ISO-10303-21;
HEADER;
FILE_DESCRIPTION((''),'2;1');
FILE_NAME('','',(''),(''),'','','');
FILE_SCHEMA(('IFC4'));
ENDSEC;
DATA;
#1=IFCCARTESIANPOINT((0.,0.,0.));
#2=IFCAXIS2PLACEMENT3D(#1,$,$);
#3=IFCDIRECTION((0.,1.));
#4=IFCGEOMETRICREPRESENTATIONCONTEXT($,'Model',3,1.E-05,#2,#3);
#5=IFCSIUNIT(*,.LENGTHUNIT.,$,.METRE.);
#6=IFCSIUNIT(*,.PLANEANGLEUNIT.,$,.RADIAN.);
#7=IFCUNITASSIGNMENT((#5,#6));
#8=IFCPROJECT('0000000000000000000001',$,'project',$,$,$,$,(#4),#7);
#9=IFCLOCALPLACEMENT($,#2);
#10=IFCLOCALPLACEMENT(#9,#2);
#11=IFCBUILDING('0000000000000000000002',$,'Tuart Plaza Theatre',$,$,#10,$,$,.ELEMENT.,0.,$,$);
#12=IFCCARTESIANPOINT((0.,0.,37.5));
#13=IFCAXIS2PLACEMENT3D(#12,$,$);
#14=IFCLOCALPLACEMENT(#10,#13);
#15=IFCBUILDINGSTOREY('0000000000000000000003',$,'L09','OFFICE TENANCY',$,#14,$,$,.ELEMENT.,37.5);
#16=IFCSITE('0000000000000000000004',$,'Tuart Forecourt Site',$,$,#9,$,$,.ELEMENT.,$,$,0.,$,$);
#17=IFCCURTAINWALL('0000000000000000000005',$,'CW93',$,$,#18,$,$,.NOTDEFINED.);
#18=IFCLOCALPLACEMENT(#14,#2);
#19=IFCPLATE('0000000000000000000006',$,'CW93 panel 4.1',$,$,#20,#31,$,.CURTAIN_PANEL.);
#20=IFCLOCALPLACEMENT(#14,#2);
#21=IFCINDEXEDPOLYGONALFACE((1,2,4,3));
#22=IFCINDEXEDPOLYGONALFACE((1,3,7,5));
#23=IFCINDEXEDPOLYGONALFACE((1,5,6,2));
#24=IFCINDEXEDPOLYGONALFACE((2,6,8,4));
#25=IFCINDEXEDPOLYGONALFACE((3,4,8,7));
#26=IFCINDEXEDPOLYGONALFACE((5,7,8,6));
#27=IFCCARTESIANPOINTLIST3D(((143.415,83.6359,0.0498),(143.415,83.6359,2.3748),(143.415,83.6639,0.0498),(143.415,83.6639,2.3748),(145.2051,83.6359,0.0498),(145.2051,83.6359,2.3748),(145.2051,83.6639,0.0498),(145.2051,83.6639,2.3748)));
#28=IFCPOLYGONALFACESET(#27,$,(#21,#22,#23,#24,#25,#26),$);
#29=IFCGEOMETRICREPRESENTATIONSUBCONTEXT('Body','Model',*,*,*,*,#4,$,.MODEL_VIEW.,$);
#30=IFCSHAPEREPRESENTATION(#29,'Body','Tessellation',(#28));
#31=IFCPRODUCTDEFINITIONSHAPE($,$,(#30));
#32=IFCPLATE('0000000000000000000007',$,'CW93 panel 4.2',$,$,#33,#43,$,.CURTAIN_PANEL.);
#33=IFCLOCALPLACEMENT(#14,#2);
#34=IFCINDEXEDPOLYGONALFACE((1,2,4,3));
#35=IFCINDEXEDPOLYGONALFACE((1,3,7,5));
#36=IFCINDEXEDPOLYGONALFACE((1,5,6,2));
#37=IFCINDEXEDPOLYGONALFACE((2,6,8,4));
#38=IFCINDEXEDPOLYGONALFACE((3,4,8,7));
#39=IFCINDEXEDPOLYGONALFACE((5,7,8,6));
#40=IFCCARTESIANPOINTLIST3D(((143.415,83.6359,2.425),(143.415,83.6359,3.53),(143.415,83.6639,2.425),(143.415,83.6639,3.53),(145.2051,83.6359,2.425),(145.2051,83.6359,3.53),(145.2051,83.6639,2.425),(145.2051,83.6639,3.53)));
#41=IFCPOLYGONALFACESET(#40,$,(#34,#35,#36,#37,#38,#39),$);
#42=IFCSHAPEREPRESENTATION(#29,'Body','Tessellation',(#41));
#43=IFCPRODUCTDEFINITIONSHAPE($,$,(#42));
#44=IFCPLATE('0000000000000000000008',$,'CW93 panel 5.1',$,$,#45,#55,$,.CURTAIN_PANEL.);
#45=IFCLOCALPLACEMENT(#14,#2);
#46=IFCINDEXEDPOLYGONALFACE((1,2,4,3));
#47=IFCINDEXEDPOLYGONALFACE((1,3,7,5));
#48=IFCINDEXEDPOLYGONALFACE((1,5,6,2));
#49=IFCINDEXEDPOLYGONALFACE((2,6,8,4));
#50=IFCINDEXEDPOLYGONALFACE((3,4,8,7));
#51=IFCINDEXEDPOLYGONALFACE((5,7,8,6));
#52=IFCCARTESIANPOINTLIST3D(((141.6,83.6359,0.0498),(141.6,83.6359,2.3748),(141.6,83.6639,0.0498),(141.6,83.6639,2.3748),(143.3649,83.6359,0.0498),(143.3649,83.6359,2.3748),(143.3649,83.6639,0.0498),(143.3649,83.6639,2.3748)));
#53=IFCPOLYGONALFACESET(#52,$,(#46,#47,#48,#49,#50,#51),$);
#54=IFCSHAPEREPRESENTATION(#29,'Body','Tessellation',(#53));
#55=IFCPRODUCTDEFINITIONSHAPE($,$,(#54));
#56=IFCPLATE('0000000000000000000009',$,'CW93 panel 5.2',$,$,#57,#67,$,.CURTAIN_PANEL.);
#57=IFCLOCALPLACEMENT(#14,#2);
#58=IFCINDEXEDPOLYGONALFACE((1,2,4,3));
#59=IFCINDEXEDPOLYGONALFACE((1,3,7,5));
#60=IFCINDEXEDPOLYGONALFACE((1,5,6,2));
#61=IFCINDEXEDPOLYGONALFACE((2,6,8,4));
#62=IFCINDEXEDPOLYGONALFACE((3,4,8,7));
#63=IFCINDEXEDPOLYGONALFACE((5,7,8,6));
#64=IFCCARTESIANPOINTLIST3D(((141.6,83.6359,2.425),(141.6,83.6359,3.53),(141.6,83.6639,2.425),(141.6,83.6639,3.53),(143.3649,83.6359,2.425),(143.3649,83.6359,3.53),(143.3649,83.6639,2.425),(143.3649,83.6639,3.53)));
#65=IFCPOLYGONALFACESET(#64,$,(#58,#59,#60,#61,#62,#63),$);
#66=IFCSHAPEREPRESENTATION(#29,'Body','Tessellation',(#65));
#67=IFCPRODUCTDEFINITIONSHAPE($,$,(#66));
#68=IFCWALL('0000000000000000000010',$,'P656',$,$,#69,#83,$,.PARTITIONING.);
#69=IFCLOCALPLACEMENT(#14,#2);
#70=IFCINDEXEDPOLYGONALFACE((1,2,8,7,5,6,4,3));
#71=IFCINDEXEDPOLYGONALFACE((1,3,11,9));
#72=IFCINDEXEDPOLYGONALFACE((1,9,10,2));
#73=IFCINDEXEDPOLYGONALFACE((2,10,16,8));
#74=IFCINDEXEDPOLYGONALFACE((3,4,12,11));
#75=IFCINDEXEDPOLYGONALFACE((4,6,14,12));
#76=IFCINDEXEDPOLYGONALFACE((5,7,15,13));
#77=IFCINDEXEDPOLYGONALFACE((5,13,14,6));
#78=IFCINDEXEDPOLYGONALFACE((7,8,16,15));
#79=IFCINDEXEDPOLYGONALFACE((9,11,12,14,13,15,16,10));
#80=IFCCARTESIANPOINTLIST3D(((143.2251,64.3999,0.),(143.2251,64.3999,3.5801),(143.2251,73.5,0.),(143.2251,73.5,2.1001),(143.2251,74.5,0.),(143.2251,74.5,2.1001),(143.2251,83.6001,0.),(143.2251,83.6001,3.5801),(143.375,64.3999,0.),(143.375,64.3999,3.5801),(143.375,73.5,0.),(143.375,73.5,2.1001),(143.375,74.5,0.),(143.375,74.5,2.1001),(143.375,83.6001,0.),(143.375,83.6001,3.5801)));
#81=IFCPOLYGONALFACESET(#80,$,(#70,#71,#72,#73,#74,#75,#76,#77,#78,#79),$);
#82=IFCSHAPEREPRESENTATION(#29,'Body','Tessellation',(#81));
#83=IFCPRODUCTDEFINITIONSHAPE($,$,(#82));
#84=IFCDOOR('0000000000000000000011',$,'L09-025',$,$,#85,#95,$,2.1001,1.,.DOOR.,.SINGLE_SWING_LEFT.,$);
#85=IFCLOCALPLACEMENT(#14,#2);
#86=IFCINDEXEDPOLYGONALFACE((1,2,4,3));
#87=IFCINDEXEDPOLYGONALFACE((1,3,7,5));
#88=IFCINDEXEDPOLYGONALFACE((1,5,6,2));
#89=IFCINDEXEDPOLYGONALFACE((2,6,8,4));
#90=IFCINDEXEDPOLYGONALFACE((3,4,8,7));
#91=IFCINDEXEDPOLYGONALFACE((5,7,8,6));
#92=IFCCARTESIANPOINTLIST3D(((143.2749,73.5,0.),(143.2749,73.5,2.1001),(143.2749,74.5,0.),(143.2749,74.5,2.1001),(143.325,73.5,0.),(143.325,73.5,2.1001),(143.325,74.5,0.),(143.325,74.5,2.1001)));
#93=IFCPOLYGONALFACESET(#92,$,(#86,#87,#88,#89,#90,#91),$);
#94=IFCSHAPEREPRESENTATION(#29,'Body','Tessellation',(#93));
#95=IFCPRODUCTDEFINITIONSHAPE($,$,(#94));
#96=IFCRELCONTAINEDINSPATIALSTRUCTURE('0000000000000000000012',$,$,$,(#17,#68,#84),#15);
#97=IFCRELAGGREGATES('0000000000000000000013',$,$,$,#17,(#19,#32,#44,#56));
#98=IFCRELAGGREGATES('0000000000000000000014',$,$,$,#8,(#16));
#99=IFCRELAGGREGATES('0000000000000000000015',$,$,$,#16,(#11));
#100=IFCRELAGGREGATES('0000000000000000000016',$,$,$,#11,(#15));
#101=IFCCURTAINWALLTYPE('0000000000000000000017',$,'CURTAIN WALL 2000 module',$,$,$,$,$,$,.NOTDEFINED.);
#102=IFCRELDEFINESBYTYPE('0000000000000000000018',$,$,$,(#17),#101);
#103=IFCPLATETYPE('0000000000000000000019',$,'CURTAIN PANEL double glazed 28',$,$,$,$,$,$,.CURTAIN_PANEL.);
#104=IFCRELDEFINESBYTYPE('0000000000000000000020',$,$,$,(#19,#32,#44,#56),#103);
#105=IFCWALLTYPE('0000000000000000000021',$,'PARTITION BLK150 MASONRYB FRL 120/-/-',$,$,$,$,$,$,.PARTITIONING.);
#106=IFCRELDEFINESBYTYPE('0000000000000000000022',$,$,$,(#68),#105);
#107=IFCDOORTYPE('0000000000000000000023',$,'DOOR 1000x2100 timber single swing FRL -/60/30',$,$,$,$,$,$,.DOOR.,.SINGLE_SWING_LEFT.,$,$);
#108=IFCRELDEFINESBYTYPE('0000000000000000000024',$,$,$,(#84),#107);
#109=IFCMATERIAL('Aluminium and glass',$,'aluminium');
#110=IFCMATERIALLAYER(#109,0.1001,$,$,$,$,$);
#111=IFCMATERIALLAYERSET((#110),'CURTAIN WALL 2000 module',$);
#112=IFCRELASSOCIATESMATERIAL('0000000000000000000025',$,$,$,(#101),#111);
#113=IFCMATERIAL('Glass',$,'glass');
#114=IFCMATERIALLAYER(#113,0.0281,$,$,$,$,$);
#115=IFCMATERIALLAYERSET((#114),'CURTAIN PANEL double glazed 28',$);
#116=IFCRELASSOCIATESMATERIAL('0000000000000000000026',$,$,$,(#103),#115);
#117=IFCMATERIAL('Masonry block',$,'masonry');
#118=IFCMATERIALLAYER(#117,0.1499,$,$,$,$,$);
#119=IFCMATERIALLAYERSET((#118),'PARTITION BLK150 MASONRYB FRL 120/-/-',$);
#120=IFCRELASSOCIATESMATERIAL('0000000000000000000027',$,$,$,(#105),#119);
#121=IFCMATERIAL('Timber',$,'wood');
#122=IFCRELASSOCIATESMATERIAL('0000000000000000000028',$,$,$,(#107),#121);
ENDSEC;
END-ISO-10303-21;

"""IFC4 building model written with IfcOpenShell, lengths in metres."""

from ifc_helpers import new_model, si_unit, direction, frame, frame_2d, origin, origin_2d, place, context, subcontext, project, spatial, rectangle, extrude, material, layer, layer_set, type_object, element, fill, aggregate, save


model = new_model("IFC4")

# Units and contexts
model_context = context("Model", 3, precision=1e-05, world=origin(), true_north=direction((0.0, 1.0)))
body_context = subcontext(model_context, "Body", "Model", "MODEL_VIEW")
ifc_project = project(units=[si_unit("LENGTHUNIT", "METRE"), si_unit("PLANEANGLEUNIT", "RADIAN")], contexts=[model_context])

# Site, building, storey
site_placement = place(None, origin())
site = spatial("IfcSite", under=ifc_project, at=site_placement, Name="Tuart Forecourt Site", CompositionType="ELEMENT", RefElevation=0.0)
building_placement = place(site_placement, origin())
building = spatial("IfcBuilding", under=site, at=building_placement, Name="Tuart Plaza Theatre", CompositionType="ELEMENT", ElevationOfRefHeight=0.0)
storey_placement = place(building_placement, frame((0.0, 0.0, 37.5)))
storey = spatial("IfcBuildingStorey", under=building, at=storey_placement, Name="L09", Description="OFFICE TENANCY", CompositionType="ELEMENT", Elevation=37.5)

# Shared definitions
ifc_material_1 = material(Name="Aluminium and glass", Category="aluminium")
ifc_layer_1 = layer(ifc_material_1, 0.1001)
ifc_layer_set_1 = layer_set([ifc_layer_1], Name="CURTAIN WALL 2000 module")
curtain_wall_type = type_object("IfcCurtainWallType", Name="CURTAIN WALL 2000 module", PredefinedType="NOTDEFINED", material=ifc_layer_set_1)

# Curtain wall
curtain_wall_1_placement = place(storey_placement, origin())
curtain_wall_1 = element("IfcCurtainWall", 1, at=curtain_wall_1_placement, inside=storey, type_object=curtain_wall_type, Name="CW93", PredefinedType="NOTDEFINED")

# Plates
ifc_material_2 = material(Name="Glass", Category="glass")
ifc_layer_2 = layer(ifc_material_2, 0.0281)
ifc_layer_set_2 = layer_set([ifc_layer_2], Name="CURTAIN PANEL double glazed 28")
plate_type = type_object("IfcPlateType", Name="CURTAIN PANEL double glazed 28", PredefinedType="CURTAIN_PANEL", material=ifc_layer_set_2)
plate_1_placement = place(storey_placement, frame((144.3101, 83.6499, 0.0498), z_axis=(0.0, 0.0, 1.0), x_axis=(-1.0, 0.0, 0.0)))
plate_1 = element("IfcPlate", 2, at=plate_1_placement, type_object=plate_type, Name="CW93 panel 4.1", PredefinedType="CURTAIN_PANEL", context=body_context, shape_type="SweptSolid", body=[
    extrude(rectangle(XDim=1.79, YDim=0.0281, at=origin_2d()), origin(), (0.0, 0.0, 1.0), 2.325),
])
plate_2_placement = place(storey_placement, frame((144.3101, 83.6499, 2.425), z_axis=(0.0, 0.0, 1.0), x_axis=(-1.0, 0.0, 0.0)))
plate_2 = element("IfcPlate", 3, at=plate_2_placement, type_object=plate_type, Name="CW93 panel 4.2", PredefinedType="CURTAIN_PANEL", context=body_context, shape_type="SweptSolid", body=[
    extrude(rectangle(XDim=1.79, YDim=0.0281, at=origin_2d()), origin(), (0.0, 0.0, 1.0), 1.105),
])
plate_3_placement = place(storey_placement, frame((142.4824, 83.6499, 0.0498), z_axis=(0.0, 0.0, 1.0), x_axis=(-1.0, 0.0, 0.0)))
plate_3 = element("IfcPlate", 4, at=plate_3_placement, type_object=plate_type, Name="CW93 panel 5.1", PredefinedType="CURTAIN_PANEL", context=body_context, shape_type="SweptSolid", body=[
    extrude(rectangle(XDim=1.7649, YDim=0.0281, at=origin_2d()), origin(), (0.0, 0.0, 1.0), 2.325),
])
plate_4_placement = place(storey_placement, frame((142.4824, 83.6499, 2.425), z_axis=(0.0, 0.0, 1.0), x_axis=(-1.0, 0.0, 0.0)))
plate_4 = element("IfcPlate", 5, at=plate_4_placement, type_object=plate_type, Name="CW93 panel 5.2", PredefinedType="CURTAIN_PANEL", context=body_context, shape_type="SweptSolid", body=[
    extrude(rectangle(XDim=1.7649, YDim=0.0281, at=origin_2d()), origin(), (0.0, 0.0, 1.0), 1.105),
])
aggregate(curtain_wall_1, [plate_1, plate_2, plate_3, plate_4])

# Wall, opening, door
ifc_material_3 = material(Name="Masonry block", Category="masonry")
ifc_layer_3 = layer(ifc_material_3, 0.1499)
ifc_layer_set_3 = layer_set([ifc_layer_3], Name="PARTITION BLK150 MASONRYB FRL 120/-/-")
wall_type = type_object("IfcWallType", Name="PARTITION BLK150 MASONRYB FRL 120/-/-", PredefinedType="PARTITIONING", material=ifc_layer_set_3)
wall_placement = place(storey_placement, frame((143.3, 83.6001, 0.0), z_axis=(0.0, 0.0, 1.0), x_axis=(0.0, -1.0, 0.0)))
wall = element("IfcWall", 6, at=wall_placement, inside=storey, type_object=wall_type, Name="P656", PredefinedType="PARTITIONING", context=body_context, shape_type="SweptSolid", body=[
    extrude(rectangle(XDim=19.2002, YDim=0.1499, at=frame_2d((9.6001, 0.0))), origin(), (0.0, 0.0, 1.0), 3.5801),
])
opening_placement = place(wall_placement, frame((9.1001, 0.0, 0.0)))
opening = element("IfcOpeningElement", 7, at=opening_placement, cuts=wall, PredefinedType="OPENING", context=body_context, shape_type="SweptSolid", body=[
    extrude(rectangle(XDim=1.0, YDim=2.1001, at=frame_2d((0.5, 1.05))), frame((0.0, 0.085, 0.0), z_axis=(0.0, -1.0, 0.0), x_axis=(1.0, 0.0, 0.0)), (0.0, 0.0, 1.0), 0.1699),
])
ifc_material_4 = material(Name="Timber", Category="wood")
door_type = type_object("IfcDoorType", Name="DOOR 1000x2100 timber single swing FRL -/60/30", OperationType="SINGLE_SWING_LEFT", PredefinedType="DOOR", material=ifc_material_4)
door_placement = place(opening_placement, origin())
door = element("IfcDoor", 8, at=door_placement, inside=storey, type_object=door_type, Name="L09-025", OperationType="SINGLE_SWING_LEFT", OverallHeight=2.1001, OverallWidth=1.0, PredefinedType="DOOR", context=body_context, shape_type="SweptSolid", body=[
    extrude(rectangle(XDim=1.0, YDim=2.1001, at=frame_2d((0.5, 1.05))), frame((0.0, 0.0249, 0.0), z_axis=(0.0, -1.0, 0.0), x_axis=(1.0, 0.0, 0.0)), (0.0, 0.0, 1.0), 0.05),
])
fill(opening, door)

save(model, "model.ifc")
